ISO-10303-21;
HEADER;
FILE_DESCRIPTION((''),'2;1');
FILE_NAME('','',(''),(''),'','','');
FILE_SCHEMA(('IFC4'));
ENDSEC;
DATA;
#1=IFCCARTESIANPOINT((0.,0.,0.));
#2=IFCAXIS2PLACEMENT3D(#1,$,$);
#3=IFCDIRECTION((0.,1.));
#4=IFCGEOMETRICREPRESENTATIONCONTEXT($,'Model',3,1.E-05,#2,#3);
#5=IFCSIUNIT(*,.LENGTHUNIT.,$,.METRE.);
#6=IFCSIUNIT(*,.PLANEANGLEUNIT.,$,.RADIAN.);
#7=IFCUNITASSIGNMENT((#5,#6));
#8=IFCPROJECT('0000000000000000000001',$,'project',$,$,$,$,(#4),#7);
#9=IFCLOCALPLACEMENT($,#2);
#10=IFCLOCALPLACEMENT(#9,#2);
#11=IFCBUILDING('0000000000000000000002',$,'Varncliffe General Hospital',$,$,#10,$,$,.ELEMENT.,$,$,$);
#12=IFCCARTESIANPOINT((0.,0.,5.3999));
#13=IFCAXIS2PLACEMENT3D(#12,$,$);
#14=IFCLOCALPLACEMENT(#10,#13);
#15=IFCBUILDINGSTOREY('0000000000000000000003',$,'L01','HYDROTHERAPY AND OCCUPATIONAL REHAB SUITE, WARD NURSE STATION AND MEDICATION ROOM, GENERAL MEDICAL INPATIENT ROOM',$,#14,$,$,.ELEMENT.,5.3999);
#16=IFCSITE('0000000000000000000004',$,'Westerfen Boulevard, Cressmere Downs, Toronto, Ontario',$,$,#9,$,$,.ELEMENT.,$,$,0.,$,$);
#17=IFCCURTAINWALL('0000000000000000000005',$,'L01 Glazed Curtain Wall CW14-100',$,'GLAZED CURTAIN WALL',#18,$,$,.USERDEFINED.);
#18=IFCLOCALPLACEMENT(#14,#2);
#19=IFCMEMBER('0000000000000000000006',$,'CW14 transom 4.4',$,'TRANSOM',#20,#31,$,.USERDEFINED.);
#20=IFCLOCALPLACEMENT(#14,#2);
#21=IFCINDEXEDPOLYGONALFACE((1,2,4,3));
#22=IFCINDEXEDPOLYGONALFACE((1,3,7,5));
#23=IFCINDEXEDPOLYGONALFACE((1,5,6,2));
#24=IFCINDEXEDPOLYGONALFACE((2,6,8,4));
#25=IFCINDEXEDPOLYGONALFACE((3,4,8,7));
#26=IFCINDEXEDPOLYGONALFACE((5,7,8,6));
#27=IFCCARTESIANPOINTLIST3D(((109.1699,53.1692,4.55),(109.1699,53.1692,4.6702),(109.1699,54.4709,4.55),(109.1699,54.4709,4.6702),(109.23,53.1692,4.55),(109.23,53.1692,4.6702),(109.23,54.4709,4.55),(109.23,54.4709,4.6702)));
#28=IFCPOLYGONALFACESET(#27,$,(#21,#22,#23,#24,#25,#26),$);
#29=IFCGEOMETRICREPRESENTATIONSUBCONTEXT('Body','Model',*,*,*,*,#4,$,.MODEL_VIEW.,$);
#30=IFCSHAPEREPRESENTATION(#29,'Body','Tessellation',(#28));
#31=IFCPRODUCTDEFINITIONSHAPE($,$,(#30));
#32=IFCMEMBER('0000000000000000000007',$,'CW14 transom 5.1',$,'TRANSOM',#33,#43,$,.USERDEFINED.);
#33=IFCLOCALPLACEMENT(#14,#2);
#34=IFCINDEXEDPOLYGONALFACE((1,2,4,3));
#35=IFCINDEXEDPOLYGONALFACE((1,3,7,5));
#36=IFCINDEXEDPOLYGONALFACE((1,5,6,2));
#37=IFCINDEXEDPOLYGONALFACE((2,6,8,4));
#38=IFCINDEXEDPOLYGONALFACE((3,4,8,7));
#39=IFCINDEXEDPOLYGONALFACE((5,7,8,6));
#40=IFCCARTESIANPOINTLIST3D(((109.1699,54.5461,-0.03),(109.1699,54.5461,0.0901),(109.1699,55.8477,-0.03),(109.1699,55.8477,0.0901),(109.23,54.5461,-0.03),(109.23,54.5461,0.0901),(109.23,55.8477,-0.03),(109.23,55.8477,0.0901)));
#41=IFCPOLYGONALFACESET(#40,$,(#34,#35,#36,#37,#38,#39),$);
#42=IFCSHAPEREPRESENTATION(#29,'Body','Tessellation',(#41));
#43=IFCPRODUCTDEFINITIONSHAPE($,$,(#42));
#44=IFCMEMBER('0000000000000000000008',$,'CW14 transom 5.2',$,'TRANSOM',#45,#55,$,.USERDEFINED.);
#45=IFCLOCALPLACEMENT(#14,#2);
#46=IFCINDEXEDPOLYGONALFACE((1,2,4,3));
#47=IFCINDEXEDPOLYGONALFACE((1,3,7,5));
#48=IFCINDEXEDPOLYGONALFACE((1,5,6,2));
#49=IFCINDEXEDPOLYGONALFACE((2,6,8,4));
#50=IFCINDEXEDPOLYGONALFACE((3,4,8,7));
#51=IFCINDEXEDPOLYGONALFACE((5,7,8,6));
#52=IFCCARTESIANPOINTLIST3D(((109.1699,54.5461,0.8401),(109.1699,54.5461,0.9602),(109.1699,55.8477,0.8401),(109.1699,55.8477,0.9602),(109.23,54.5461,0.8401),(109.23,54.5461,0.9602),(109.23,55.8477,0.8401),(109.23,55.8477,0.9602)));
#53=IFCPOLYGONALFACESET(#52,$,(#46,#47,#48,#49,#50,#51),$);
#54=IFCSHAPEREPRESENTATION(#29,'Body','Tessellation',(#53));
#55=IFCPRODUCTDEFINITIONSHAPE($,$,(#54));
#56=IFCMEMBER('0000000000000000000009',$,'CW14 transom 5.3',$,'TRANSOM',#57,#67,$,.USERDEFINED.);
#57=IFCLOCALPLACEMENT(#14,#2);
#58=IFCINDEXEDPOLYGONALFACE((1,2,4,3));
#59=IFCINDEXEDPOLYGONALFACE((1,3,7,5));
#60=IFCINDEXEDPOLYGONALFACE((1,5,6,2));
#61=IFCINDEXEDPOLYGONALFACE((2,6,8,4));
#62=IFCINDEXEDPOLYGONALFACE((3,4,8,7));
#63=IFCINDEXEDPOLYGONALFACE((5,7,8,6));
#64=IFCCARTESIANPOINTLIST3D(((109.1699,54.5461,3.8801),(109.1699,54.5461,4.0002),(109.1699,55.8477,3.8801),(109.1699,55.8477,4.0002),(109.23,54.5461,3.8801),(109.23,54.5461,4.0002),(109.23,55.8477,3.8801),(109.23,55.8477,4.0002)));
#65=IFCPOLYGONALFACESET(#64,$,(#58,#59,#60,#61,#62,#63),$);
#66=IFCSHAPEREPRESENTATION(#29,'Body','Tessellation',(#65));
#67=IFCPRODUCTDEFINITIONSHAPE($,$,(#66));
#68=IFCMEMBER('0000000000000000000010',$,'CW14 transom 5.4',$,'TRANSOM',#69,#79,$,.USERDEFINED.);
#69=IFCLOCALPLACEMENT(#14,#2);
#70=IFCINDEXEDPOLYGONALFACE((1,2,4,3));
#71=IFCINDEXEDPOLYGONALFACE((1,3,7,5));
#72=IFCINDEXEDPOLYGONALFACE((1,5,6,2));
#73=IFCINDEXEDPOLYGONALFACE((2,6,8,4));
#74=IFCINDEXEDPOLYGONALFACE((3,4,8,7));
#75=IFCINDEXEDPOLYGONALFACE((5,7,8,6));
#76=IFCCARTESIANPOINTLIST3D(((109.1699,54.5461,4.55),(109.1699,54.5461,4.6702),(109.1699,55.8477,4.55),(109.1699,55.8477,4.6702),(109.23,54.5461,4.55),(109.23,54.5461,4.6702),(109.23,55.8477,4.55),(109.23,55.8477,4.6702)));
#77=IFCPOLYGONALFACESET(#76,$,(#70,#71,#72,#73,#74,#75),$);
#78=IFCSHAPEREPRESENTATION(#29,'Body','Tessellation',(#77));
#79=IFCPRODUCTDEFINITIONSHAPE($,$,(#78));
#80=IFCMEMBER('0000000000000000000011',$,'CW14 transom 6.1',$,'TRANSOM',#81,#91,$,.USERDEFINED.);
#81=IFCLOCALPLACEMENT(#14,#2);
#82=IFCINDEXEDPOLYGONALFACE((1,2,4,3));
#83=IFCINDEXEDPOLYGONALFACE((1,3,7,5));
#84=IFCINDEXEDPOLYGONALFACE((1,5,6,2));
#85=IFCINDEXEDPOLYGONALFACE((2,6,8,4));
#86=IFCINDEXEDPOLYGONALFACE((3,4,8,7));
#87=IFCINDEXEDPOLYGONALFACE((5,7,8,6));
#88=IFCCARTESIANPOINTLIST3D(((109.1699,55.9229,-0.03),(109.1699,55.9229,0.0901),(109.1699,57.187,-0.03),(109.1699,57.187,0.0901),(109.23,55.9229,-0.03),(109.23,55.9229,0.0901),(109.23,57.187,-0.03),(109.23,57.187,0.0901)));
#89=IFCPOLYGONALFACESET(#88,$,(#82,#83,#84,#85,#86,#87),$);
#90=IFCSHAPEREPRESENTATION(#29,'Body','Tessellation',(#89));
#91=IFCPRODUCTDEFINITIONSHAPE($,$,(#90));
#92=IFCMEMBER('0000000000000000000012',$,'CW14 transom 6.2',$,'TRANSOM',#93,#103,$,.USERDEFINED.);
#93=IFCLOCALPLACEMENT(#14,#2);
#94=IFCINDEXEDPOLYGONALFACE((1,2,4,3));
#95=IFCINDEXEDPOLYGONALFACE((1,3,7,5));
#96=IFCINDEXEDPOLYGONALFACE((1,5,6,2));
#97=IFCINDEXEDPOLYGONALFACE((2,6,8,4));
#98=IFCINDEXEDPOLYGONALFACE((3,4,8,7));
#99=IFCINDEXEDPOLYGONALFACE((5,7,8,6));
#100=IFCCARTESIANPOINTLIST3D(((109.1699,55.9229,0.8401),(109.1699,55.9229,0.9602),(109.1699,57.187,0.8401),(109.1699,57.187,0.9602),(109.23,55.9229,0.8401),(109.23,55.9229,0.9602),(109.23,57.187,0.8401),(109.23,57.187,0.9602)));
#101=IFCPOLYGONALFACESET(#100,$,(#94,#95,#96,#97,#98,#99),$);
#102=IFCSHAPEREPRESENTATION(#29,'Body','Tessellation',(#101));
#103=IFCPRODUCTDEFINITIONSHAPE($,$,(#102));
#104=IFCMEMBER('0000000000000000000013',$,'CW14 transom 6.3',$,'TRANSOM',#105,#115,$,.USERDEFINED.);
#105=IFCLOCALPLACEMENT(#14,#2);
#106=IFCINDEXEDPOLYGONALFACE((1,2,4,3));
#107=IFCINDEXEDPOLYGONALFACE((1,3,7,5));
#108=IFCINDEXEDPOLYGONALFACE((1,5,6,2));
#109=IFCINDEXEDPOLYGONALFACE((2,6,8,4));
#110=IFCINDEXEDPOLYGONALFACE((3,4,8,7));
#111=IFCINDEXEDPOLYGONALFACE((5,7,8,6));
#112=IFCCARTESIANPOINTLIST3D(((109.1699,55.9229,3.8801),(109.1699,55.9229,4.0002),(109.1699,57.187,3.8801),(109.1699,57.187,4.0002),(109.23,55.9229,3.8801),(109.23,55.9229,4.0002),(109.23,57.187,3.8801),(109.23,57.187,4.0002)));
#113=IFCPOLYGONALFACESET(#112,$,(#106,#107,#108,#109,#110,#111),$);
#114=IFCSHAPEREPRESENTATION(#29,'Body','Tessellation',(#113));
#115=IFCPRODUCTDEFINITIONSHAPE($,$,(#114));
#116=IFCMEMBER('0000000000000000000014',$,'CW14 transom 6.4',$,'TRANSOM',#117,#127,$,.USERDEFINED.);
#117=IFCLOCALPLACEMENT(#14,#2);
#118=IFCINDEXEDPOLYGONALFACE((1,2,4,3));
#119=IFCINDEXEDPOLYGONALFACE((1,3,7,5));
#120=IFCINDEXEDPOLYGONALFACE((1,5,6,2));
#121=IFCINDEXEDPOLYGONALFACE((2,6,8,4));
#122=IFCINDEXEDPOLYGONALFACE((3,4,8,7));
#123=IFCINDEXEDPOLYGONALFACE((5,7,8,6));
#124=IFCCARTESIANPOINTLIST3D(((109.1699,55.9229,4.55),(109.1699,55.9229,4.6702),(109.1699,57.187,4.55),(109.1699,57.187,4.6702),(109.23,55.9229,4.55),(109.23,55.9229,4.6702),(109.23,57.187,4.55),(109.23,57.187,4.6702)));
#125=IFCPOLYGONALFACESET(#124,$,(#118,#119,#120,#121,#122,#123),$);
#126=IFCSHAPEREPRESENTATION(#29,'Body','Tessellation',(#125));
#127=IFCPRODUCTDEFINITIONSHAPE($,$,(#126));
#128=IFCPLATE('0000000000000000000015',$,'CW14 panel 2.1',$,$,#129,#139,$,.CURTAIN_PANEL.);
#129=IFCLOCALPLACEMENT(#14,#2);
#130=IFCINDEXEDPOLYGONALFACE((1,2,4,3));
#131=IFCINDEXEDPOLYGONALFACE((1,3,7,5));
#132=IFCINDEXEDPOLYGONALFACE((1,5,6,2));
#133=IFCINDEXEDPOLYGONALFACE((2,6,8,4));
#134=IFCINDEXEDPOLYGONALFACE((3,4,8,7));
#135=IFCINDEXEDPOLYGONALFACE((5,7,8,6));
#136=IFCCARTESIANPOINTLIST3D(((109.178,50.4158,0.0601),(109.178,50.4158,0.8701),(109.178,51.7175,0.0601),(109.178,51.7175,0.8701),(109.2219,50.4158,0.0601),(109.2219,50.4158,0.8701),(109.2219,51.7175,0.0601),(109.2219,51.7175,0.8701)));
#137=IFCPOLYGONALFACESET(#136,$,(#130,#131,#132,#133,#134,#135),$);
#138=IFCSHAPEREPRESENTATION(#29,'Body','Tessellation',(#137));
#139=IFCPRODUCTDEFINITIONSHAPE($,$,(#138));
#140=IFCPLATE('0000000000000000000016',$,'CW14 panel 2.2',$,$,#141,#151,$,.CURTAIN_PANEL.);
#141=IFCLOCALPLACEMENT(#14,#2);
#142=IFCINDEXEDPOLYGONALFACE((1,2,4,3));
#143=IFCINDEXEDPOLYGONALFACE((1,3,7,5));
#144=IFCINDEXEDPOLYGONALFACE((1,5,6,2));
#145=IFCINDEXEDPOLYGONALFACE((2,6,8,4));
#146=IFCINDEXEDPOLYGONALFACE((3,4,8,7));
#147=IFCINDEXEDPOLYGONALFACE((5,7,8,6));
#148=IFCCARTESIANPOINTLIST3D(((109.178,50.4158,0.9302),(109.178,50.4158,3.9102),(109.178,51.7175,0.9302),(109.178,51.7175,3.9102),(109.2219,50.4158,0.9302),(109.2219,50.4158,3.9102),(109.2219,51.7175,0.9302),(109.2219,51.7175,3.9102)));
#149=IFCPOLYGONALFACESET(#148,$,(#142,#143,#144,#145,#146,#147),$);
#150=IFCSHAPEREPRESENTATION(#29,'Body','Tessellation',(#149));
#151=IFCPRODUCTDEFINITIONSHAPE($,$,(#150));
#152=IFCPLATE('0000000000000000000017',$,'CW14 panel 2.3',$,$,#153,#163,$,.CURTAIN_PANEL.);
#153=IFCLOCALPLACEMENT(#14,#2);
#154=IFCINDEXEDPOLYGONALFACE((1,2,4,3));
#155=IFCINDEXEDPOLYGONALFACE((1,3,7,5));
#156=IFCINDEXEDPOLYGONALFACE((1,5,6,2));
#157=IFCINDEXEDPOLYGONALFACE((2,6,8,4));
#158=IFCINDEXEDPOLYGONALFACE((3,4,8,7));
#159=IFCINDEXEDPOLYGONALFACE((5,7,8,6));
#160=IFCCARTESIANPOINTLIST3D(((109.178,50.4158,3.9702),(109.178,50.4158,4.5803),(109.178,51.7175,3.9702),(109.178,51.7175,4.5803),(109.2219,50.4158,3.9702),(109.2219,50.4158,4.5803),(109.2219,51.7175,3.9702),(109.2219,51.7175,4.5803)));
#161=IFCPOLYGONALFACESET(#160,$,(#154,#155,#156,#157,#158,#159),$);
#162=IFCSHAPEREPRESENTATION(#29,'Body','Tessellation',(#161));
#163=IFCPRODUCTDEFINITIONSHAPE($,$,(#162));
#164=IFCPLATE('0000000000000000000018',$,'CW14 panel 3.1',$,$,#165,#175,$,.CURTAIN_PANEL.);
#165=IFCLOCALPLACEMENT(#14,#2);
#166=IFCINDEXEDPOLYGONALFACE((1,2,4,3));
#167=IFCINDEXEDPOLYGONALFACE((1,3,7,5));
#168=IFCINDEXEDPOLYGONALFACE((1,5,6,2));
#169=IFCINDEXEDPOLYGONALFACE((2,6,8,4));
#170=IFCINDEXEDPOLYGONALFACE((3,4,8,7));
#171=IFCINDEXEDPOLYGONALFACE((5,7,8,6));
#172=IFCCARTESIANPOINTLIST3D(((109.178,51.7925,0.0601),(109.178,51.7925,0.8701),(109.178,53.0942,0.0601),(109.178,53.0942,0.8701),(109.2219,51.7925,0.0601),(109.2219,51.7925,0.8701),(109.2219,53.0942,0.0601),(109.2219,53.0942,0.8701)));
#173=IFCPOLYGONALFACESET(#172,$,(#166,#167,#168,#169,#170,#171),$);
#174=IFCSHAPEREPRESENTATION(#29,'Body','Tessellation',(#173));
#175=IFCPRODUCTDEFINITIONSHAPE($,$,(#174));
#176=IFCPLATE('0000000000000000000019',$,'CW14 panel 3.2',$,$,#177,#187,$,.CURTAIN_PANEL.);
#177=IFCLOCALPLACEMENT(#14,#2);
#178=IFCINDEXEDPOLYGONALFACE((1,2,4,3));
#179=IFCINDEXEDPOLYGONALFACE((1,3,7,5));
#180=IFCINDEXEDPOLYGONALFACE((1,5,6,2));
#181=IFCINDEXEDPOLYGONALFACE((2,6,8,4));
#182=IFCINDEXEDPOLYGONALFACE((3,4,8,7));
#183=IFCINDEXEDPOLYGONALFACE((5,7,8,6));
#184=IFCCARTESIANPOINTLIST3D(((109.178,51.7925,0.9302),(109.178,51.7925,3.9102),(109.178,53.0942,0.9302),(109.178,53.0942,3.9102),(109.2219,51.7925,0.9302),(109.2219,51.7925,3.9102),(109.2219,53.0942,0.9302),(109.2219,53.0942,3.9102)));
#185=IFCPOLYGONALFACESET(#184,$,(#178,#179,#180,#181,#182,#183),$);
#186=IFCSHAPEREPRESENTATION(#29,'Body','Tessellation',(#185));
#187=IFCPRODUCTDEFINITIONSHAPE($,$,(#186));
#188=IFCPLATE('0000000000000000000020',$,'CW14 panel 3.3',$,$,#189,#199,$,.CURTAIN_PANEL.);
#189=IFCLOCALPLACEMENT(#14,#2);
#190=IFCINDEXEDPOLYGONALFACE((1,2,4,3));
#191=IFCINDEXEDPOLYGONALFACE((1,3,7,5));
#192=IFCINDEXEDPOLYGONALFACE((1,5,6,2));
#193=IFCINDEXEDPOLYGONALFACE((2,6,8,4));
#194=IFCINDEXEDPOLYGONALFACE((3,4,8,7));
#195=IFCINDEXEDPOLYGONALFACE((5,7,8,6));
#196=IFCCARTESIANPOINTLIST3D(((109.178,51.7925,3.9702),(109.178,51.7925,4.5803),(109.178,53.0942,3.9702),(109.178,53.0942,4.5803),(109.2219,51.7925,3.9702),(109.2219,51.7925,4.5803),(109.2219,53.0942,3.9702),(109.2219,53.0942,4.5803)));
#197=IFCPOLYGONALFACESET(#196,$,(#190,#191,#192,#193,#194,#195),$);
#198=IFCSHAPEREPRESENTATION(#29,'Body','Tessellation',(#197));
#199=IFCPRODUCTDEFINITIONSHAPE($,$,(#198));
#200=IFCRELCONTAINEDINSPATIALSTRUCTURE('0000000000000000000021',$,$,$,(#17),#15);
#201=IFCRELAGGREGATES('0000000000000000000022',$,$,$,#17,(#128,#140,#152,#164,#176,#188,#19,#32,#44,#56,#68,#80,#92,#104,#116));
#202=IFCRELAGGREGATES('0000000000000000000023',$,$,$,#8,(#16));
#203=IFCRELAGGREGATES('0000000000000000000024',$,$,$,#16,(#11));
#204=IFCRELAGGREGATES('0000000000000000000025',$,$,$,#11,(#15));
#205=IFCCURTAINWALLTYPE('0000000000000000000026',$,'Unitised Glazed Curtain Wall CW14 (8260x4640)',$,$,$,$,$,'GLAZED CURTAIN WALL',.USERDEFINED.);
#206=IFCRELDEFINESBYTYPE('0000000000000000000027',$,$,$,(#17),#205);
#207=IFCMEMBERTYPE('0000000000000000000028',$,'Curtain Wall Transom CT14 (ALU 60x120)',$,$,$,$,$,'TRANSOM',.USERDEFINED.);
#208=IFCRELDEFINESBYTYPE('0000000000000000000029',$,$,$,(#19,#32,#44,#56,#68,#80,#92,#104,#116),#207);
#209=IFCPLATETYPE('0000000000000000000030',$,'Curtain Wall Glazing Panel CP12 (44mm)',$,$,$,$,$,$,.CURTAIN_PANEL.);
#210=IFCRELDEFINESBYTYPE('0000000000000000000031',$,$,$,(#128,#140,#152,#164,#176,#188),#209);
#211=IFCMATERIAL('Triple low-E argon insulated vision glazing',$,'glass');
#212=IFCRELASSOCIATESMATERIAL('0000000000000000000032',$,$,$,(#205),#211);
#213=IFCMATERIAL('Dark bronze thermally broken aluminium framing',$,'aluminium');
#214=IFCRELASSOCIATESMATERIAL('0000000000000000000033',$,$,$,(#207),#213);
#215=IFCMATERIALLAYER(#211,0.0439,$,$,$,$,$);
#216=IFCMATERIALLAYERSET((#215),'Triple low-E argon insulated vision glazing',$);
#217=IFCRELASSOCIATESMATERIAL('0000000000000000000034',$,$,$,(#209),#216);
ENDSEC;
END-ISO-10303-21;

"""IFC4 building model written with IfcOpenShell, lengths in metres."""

from ifc_helpers import new_model, si_unit, direction, frame, origin, origin_2d, place, context, subcontext, project, spatial, rectangle, extrude, material, layer, layer_set, material_profile, profile_set, type_object, element, aggregate, save


model = new_model("IFC4")

# Units and contexts
model_context = context("Model", 3, precision=1e-05, world=origin(), true_north=direction((0.0, 1.0)))
body_context = subcontext(model_context, "Body", "Model", "MODEL_VIEW")
ifc_project = project(units=[si_unit("LENGTHUNIT", "METRE"), si_unit("PLANEANGLEUNIT", "RADIAN")], contexts=[model_context])

# Site, building, storey
site_placement = place(None, origin())
site = spatial("IfcSite", under=ifc_project, at=site_placement, Name="Westerfen Boulevard, Cressmere Downs, Toronto, Ontario", CompositionType="ELEMENT", RefElevation=0.0)
building_placement = place(site_placement, origin())
building = spatial("IfcBuilding", under=site, at=building_placement, Name="Varncliffe General Hospital", CompositionType="ELEMENT")
storey_placement = place(building_placement, frame((0.0, 0.0, 5.3999)))
storey = spatial("IfcBuildingStorey", under=building, at=storey_placement, Name="L01", Description="HYDROTHERAPY AND OCCUPATIONAL REHAB SUITE, WARD NURSE STATION AND MEDICATION ROOM, GENERAL MEDICAL INPATIENT ROOM", CompositionType="ELEMENT", Elevation=5.3999)

# Curtain wall, members, plates
ifc_material_1 = material(Name="Triple low-E argon insulated vision glazing", Category="glass")
curtain_wall_type = type_object("IfcCurtainWallType", Name="Unitised Glazed Curtain Wall CW14 (8260x4640)", ElementType="GLAZED CURTAIN WALL", PredefinedType="USERDEFINED", material=ifc_material_1)
curtain_wall_placement = place(storey_placement, origin())
curtain_wall = element("IfcCurtainWall", 1, at=curtain_wall_placement, inside=storey, type_object=curtain_wall_type, Name="L01 Glazed Curtain Wall CW14-100", ObjectType="GLAZED CURTAIN WALL", PredefinedType="USERDEFINED")
ifc_material_2 = material(Name="Dark bronze thermally broken aluminium framing", Category="aluminium")
ifc_material_profile_1 = material_profile(ifc_material_2, rectangle(XDim=0.0601, YDim=0.1201, at=origin_2d()), Name="ALU 60x120")
ifc_profile_set_1 = profile_set([ifc_material_profile_1], Name="Dark bronze thermally broken aluminium framing")
member_type_1 = type_object("IfcMemberType", Name="Curtain Wall Transom CT14 (ALU 60x120)", ElementType="TRANSOM", PredefinedType="USERDEFINED", material=ifc_profile_set_1)
member_1_placement = place(storey_placement, frame((109.2, 53.1692, 4.6101), z_axis=(0.0, 1.0, 0.0), x_axis=(-1.0, 0.0, 0.0)))
member_1 = element("IfcMember", 2, at=member_1_placement, type_object=member_type_1, Name="CW14 transom 4.4", ObjectType="TRANSOM", PredefinedType="USERDEFINED", context=body_context, shape_type="SweptSolid", body=[
    extrude(rectangle(XDim=0.0601, YDim=0.1201, at=origin_2d()), origin(), (0.0, 0.0, 1.0), 1.3018),
])
member_2_placement = place(storey_placement, frame((109.2, 54.5461, 0.03), z_axis=(0.0, 1.0, 0.0), x_axis=(-1.0, 0.0, 0.0)))
member_2 = element("IfcMember", 3, at=member_2_placement, type_object=member_type_1, Name="CW14 transom 5.1", ObjectType="TRANSOM", PredefinedType="USERDEFINED", context=body_context, shape_type="SweptSolid", body=[
    extrude(rectangle(XDim=0.0601, YDim=0.1201, at=origin_2d()), origin(), (0.0, 0.0, 1.0), 1.3015),
])
member_3_placement = place(storey_placement, frame((109.2, 54.5461, 0.9001), z_axis=(0.0, 1.0, 0.0), x_axis=(-1.0, 0.0, 0.0)))
member_3 = element("IfcMember", 4, at=member_3_placement, type_object=member_type_1, Name="CW14 transom 5.2", ObjectType="TRANSOM", PredefinedType="USERDEFINED", context=body_context, shape_type="SweptSolid", body=[
    extrude(rectangle(XDim=0.0601, YDim=0.1201, at=origin_2d()), origin(), (0.0, 0.0, 1.0), 1.3015),
])
member_4_placement = place(storey_placement, frame((109.2, 54.5461, 3.9402), z_axis=(0.0, 1.0, 0.0), x_axis=(-1.0, 0.0, 0.0)))
member_4 = element("IfcMember", 5, at=member_4_placement, type_object=member_type_1, Name="CW14 transom 5.3", ObjectType="TRANSOM", PredefinedType="USERDEFINED", context=body_context, shape_type="SweptSolid", body=[
    extrude(rectangle(XDim=0.0601, YDim=0.1201, at=origin_2d()), origin(), (0.0, 0.0, 1.0), 1.3015),
])
member_5_placement = place(storey_placement, frame((109.2, 54.5461, 4.6101), z_axis=(0.0, 1.0, 0.0), x_axis=(-1.0, 0.0, 0.0)))
member_5 = element("IfcMember", 6, at=member_5_placement, type_object=member_type_1, Name="CW14 transom 5.4", ObjectType="TRANSOM", PredefinedType="USERDEFINED", context=body_context, shape_type="SweptSolid", body=[
    extrude(rectangle(XDim=0.0601, YDim=0.1201, at=origin_2d()), origin(), (0.0, 0.0, 1.0), 1.3015),
])
member_6_placement = place(storey_placement, frame((109.2, 55.9229, 0.03), z_axis=(0.0, 1.0, 0.0), x_axis=(-1.0, 0.0, 0.0)))
member_6 = element("IfcMember", 7, at=member_6_placement, type_object=member_type_1, Name="CW14 transom 6.1", ObjectType="TRANSOM", PredefinedType="USERDEFINED", context=body_context, shape_type="SweptSolid", body=[
    extrude(rectangle(XDim=0.0601, YDim=0.1201, at=origin_2d()), origin(), (0.0, 0.0, 1.0), 1.2642),
])
member_7_placement = place(storey_placement, frame((109.2, 55.9229, 0.9001), z_axis=(0.0, 1.0, 0.0), x_axis=(-1.0, 0.0, 0.0)))
member_7 = element("IfcMember", 8, at=member_7_placement, type_object=member_type_1, Name="CW14 transom 6.2", ObjectType="TRANSOM", PredefinedType="USERDEFINED", context=body_context, shape_type="SweptSolid", body=[
    extrude(rectangle(XDim=0.0601, YDim=0.1201, at=origin_2d()), origin(), (0.0, 0.0, 1.0), 1.2642),
])
member_8_placement = place(storey_placement, frame((109.2, 55.9229, 3.9402), z_axis=(0.0, 1.0, 0.0), x_axis=(-1.0, 0.0, 0.0)))
member_8 = element("IfcMember", 9, at=member_8_placement, type_object=member_type_1, Name="CW14 transom 6.3", ObjectType="TRANSOM", PredefinedType="USERDEFINED", context=body_context, shape_type="SweptSolid", body=[
    extrude(rectangle(XDim=0.0601, YDim=0.1201, at=origin_2d()), origin(), (0.0, 0.0, 1.0), 1.2642),
])
member_9_placement = place(storey_placement, frame((109.2, 55.9229, 4.6101), z_axis=(0.0, 1.0, 0.0), x_axis=(-1.0, 0.0, 0.0)))
member_9 = element("IfcMember", 10, at=member_9_placement, type_object=member_type_1, Name="CW14 transom 6.4", ObjectType="TRANSOM", PredefinedType="USERDEFINED", context=body_context, shape_type="SweptSolid", body=[
    extrude(rectangle(XDim=0.0601, YDim=0.1201, at=origin_2d()), origin(), (0.0, 0.0, 1.0), 1.2642),
])
ifc_layer = layer(ifc_material_1, 0.0439)
ifc_layer_set = layer_set([ifc_layer], Name="Triple low-E argon insulated vision glazing")
plate_type = type_object("IfcPlateType", Name="Curtain Wall Glazing Panel CP12 (44mm)", PredefinedType="CURTAIN_PANEL", material=ifc_layer_set)
plate_1_placement = place(storey_placement, frame((109.2, 51.0667, 0.0601), z_axis=(0.0, 0.0, 1.0), x_axis=(0.0, 1.0, 0.0)))
plate_1 = element("IfcPlate", 11, at=plate_1_placement, type_object=plate_type, Name="CW14 panel 2.1", PredefinedType="CURTAIN_PANEL", context=body_context, shape_type="SweptSolid", body=[
    extrude(rectangle(XDim=1.3018, YDim=0.0439, at=origin_2d()), origin(), (0.0, 0.0, 1.0), 0.8101),
])
plate_2_placement = place(storey_placement, frame((109.2, 51.0667, 0.9302), z_axis=(0.0, 0.0, 1.0), x_axis=(0.0, 1.0, 0.0)))
plate_2 = element("IfcPlate", 12, at=plate_2_placement, type_object=plate_type, Name="CW14 panel 2.2", PredefinedType="CURTAIN_PANEL", context=body_context, shape_type="SweptSolid", body=[
    extrude(rectangle(XDim=1.3018, YDim=0.0439, at=origin_2d()), origin(), (0.0, 0.0, 1.0), 2.98),
])
plate_3_placement = place(storey_placement, frame((109.2, 51.0667, 3.9702), z_axis=(0.0, 0.0, 1.0), x_axis=(0.0, 1.0, 0.0)))
plate_3 = element("IfcPlate", 13, at=plate_3_placement, type_object=plate_type, Name="CW14 panel 2.3", PredefinedType="CURTAIN_PANEL", context=body_context, shape_type="SweptSolid", body=[
    extrude(rectangle(XDim=1.3018, YDim=0.0439, at=origin_2d()), origin(), (0.0, 0.0, 1.0), 0.6101),
])
plate_4_placement = place(storey_placement, frame((109.2, 52.4434, 0.0601), z_axis=(0.0, 0.0, 1.0), x_axis=(0.0, 1.0, 0.0)))
plate_4 = element("IfcPlate", 14, at=plate_4_placement, type_object=plate_type, Name="CW14 panel 3.1", PredefinedType="CURTAIN_PANEL", context=body_context, shape_type="SweptSolid", body=[
    extrude(rectangle(XDim=1.3018, YDim=0.0439, at=origin_2d()), origin(), (0.0, 0.0, 1.0), 0.8101),
])
plate_5_placement = place(storey_placement, frame((109.2, 52.4434, 0.9302), z_axis=(0.0, 0.0, 1.0), x_axis=(0.0, 1.0, 0.0)))
plate_5 = element("IfcPlate", 15, at=plate_5_placement, type_object=plate_type, Name="CW14 panel 3.2", PredefinedType="CURTAIN_PANEL", context=body_context, shape_type="SweptSolid", body=[
    extrude(rectangle(XDim=1.3018, YDim=0.0439, at=origin_2d()), origin(), (0.0, 0.0, 1.0), 2.98),
])
plate_6_placement = place(storey_placement, frame((109.2, 52.4434, 3.9702), z_axis=(0.0, 0.0, 1.0), x_axis=(0.0, 1.0, 0.0)))
plate_6 = element("IfcPlate", 16, at=plate_6_placement, type_object=plate_type, Name="CW14 panel 3.3", PredefinedType="CURTAIN_PANEL", context=body_context, shape_type="SweptSolid", body=[
    extrude(rectangle(XDim=1.3018, YDim=0.0439, at=origin_2d()), origin(), (0.0, 0.0, 1.0), 0.6101),
])
aggregate(curtain_wall, [plate_1, plate_2, plate_3, plate_4, plate_5, plate_6, member_1, member_2, member_3, member_4, member_5, member_6, member_7, member_8, member_9])

save(model, "model.ifc")
